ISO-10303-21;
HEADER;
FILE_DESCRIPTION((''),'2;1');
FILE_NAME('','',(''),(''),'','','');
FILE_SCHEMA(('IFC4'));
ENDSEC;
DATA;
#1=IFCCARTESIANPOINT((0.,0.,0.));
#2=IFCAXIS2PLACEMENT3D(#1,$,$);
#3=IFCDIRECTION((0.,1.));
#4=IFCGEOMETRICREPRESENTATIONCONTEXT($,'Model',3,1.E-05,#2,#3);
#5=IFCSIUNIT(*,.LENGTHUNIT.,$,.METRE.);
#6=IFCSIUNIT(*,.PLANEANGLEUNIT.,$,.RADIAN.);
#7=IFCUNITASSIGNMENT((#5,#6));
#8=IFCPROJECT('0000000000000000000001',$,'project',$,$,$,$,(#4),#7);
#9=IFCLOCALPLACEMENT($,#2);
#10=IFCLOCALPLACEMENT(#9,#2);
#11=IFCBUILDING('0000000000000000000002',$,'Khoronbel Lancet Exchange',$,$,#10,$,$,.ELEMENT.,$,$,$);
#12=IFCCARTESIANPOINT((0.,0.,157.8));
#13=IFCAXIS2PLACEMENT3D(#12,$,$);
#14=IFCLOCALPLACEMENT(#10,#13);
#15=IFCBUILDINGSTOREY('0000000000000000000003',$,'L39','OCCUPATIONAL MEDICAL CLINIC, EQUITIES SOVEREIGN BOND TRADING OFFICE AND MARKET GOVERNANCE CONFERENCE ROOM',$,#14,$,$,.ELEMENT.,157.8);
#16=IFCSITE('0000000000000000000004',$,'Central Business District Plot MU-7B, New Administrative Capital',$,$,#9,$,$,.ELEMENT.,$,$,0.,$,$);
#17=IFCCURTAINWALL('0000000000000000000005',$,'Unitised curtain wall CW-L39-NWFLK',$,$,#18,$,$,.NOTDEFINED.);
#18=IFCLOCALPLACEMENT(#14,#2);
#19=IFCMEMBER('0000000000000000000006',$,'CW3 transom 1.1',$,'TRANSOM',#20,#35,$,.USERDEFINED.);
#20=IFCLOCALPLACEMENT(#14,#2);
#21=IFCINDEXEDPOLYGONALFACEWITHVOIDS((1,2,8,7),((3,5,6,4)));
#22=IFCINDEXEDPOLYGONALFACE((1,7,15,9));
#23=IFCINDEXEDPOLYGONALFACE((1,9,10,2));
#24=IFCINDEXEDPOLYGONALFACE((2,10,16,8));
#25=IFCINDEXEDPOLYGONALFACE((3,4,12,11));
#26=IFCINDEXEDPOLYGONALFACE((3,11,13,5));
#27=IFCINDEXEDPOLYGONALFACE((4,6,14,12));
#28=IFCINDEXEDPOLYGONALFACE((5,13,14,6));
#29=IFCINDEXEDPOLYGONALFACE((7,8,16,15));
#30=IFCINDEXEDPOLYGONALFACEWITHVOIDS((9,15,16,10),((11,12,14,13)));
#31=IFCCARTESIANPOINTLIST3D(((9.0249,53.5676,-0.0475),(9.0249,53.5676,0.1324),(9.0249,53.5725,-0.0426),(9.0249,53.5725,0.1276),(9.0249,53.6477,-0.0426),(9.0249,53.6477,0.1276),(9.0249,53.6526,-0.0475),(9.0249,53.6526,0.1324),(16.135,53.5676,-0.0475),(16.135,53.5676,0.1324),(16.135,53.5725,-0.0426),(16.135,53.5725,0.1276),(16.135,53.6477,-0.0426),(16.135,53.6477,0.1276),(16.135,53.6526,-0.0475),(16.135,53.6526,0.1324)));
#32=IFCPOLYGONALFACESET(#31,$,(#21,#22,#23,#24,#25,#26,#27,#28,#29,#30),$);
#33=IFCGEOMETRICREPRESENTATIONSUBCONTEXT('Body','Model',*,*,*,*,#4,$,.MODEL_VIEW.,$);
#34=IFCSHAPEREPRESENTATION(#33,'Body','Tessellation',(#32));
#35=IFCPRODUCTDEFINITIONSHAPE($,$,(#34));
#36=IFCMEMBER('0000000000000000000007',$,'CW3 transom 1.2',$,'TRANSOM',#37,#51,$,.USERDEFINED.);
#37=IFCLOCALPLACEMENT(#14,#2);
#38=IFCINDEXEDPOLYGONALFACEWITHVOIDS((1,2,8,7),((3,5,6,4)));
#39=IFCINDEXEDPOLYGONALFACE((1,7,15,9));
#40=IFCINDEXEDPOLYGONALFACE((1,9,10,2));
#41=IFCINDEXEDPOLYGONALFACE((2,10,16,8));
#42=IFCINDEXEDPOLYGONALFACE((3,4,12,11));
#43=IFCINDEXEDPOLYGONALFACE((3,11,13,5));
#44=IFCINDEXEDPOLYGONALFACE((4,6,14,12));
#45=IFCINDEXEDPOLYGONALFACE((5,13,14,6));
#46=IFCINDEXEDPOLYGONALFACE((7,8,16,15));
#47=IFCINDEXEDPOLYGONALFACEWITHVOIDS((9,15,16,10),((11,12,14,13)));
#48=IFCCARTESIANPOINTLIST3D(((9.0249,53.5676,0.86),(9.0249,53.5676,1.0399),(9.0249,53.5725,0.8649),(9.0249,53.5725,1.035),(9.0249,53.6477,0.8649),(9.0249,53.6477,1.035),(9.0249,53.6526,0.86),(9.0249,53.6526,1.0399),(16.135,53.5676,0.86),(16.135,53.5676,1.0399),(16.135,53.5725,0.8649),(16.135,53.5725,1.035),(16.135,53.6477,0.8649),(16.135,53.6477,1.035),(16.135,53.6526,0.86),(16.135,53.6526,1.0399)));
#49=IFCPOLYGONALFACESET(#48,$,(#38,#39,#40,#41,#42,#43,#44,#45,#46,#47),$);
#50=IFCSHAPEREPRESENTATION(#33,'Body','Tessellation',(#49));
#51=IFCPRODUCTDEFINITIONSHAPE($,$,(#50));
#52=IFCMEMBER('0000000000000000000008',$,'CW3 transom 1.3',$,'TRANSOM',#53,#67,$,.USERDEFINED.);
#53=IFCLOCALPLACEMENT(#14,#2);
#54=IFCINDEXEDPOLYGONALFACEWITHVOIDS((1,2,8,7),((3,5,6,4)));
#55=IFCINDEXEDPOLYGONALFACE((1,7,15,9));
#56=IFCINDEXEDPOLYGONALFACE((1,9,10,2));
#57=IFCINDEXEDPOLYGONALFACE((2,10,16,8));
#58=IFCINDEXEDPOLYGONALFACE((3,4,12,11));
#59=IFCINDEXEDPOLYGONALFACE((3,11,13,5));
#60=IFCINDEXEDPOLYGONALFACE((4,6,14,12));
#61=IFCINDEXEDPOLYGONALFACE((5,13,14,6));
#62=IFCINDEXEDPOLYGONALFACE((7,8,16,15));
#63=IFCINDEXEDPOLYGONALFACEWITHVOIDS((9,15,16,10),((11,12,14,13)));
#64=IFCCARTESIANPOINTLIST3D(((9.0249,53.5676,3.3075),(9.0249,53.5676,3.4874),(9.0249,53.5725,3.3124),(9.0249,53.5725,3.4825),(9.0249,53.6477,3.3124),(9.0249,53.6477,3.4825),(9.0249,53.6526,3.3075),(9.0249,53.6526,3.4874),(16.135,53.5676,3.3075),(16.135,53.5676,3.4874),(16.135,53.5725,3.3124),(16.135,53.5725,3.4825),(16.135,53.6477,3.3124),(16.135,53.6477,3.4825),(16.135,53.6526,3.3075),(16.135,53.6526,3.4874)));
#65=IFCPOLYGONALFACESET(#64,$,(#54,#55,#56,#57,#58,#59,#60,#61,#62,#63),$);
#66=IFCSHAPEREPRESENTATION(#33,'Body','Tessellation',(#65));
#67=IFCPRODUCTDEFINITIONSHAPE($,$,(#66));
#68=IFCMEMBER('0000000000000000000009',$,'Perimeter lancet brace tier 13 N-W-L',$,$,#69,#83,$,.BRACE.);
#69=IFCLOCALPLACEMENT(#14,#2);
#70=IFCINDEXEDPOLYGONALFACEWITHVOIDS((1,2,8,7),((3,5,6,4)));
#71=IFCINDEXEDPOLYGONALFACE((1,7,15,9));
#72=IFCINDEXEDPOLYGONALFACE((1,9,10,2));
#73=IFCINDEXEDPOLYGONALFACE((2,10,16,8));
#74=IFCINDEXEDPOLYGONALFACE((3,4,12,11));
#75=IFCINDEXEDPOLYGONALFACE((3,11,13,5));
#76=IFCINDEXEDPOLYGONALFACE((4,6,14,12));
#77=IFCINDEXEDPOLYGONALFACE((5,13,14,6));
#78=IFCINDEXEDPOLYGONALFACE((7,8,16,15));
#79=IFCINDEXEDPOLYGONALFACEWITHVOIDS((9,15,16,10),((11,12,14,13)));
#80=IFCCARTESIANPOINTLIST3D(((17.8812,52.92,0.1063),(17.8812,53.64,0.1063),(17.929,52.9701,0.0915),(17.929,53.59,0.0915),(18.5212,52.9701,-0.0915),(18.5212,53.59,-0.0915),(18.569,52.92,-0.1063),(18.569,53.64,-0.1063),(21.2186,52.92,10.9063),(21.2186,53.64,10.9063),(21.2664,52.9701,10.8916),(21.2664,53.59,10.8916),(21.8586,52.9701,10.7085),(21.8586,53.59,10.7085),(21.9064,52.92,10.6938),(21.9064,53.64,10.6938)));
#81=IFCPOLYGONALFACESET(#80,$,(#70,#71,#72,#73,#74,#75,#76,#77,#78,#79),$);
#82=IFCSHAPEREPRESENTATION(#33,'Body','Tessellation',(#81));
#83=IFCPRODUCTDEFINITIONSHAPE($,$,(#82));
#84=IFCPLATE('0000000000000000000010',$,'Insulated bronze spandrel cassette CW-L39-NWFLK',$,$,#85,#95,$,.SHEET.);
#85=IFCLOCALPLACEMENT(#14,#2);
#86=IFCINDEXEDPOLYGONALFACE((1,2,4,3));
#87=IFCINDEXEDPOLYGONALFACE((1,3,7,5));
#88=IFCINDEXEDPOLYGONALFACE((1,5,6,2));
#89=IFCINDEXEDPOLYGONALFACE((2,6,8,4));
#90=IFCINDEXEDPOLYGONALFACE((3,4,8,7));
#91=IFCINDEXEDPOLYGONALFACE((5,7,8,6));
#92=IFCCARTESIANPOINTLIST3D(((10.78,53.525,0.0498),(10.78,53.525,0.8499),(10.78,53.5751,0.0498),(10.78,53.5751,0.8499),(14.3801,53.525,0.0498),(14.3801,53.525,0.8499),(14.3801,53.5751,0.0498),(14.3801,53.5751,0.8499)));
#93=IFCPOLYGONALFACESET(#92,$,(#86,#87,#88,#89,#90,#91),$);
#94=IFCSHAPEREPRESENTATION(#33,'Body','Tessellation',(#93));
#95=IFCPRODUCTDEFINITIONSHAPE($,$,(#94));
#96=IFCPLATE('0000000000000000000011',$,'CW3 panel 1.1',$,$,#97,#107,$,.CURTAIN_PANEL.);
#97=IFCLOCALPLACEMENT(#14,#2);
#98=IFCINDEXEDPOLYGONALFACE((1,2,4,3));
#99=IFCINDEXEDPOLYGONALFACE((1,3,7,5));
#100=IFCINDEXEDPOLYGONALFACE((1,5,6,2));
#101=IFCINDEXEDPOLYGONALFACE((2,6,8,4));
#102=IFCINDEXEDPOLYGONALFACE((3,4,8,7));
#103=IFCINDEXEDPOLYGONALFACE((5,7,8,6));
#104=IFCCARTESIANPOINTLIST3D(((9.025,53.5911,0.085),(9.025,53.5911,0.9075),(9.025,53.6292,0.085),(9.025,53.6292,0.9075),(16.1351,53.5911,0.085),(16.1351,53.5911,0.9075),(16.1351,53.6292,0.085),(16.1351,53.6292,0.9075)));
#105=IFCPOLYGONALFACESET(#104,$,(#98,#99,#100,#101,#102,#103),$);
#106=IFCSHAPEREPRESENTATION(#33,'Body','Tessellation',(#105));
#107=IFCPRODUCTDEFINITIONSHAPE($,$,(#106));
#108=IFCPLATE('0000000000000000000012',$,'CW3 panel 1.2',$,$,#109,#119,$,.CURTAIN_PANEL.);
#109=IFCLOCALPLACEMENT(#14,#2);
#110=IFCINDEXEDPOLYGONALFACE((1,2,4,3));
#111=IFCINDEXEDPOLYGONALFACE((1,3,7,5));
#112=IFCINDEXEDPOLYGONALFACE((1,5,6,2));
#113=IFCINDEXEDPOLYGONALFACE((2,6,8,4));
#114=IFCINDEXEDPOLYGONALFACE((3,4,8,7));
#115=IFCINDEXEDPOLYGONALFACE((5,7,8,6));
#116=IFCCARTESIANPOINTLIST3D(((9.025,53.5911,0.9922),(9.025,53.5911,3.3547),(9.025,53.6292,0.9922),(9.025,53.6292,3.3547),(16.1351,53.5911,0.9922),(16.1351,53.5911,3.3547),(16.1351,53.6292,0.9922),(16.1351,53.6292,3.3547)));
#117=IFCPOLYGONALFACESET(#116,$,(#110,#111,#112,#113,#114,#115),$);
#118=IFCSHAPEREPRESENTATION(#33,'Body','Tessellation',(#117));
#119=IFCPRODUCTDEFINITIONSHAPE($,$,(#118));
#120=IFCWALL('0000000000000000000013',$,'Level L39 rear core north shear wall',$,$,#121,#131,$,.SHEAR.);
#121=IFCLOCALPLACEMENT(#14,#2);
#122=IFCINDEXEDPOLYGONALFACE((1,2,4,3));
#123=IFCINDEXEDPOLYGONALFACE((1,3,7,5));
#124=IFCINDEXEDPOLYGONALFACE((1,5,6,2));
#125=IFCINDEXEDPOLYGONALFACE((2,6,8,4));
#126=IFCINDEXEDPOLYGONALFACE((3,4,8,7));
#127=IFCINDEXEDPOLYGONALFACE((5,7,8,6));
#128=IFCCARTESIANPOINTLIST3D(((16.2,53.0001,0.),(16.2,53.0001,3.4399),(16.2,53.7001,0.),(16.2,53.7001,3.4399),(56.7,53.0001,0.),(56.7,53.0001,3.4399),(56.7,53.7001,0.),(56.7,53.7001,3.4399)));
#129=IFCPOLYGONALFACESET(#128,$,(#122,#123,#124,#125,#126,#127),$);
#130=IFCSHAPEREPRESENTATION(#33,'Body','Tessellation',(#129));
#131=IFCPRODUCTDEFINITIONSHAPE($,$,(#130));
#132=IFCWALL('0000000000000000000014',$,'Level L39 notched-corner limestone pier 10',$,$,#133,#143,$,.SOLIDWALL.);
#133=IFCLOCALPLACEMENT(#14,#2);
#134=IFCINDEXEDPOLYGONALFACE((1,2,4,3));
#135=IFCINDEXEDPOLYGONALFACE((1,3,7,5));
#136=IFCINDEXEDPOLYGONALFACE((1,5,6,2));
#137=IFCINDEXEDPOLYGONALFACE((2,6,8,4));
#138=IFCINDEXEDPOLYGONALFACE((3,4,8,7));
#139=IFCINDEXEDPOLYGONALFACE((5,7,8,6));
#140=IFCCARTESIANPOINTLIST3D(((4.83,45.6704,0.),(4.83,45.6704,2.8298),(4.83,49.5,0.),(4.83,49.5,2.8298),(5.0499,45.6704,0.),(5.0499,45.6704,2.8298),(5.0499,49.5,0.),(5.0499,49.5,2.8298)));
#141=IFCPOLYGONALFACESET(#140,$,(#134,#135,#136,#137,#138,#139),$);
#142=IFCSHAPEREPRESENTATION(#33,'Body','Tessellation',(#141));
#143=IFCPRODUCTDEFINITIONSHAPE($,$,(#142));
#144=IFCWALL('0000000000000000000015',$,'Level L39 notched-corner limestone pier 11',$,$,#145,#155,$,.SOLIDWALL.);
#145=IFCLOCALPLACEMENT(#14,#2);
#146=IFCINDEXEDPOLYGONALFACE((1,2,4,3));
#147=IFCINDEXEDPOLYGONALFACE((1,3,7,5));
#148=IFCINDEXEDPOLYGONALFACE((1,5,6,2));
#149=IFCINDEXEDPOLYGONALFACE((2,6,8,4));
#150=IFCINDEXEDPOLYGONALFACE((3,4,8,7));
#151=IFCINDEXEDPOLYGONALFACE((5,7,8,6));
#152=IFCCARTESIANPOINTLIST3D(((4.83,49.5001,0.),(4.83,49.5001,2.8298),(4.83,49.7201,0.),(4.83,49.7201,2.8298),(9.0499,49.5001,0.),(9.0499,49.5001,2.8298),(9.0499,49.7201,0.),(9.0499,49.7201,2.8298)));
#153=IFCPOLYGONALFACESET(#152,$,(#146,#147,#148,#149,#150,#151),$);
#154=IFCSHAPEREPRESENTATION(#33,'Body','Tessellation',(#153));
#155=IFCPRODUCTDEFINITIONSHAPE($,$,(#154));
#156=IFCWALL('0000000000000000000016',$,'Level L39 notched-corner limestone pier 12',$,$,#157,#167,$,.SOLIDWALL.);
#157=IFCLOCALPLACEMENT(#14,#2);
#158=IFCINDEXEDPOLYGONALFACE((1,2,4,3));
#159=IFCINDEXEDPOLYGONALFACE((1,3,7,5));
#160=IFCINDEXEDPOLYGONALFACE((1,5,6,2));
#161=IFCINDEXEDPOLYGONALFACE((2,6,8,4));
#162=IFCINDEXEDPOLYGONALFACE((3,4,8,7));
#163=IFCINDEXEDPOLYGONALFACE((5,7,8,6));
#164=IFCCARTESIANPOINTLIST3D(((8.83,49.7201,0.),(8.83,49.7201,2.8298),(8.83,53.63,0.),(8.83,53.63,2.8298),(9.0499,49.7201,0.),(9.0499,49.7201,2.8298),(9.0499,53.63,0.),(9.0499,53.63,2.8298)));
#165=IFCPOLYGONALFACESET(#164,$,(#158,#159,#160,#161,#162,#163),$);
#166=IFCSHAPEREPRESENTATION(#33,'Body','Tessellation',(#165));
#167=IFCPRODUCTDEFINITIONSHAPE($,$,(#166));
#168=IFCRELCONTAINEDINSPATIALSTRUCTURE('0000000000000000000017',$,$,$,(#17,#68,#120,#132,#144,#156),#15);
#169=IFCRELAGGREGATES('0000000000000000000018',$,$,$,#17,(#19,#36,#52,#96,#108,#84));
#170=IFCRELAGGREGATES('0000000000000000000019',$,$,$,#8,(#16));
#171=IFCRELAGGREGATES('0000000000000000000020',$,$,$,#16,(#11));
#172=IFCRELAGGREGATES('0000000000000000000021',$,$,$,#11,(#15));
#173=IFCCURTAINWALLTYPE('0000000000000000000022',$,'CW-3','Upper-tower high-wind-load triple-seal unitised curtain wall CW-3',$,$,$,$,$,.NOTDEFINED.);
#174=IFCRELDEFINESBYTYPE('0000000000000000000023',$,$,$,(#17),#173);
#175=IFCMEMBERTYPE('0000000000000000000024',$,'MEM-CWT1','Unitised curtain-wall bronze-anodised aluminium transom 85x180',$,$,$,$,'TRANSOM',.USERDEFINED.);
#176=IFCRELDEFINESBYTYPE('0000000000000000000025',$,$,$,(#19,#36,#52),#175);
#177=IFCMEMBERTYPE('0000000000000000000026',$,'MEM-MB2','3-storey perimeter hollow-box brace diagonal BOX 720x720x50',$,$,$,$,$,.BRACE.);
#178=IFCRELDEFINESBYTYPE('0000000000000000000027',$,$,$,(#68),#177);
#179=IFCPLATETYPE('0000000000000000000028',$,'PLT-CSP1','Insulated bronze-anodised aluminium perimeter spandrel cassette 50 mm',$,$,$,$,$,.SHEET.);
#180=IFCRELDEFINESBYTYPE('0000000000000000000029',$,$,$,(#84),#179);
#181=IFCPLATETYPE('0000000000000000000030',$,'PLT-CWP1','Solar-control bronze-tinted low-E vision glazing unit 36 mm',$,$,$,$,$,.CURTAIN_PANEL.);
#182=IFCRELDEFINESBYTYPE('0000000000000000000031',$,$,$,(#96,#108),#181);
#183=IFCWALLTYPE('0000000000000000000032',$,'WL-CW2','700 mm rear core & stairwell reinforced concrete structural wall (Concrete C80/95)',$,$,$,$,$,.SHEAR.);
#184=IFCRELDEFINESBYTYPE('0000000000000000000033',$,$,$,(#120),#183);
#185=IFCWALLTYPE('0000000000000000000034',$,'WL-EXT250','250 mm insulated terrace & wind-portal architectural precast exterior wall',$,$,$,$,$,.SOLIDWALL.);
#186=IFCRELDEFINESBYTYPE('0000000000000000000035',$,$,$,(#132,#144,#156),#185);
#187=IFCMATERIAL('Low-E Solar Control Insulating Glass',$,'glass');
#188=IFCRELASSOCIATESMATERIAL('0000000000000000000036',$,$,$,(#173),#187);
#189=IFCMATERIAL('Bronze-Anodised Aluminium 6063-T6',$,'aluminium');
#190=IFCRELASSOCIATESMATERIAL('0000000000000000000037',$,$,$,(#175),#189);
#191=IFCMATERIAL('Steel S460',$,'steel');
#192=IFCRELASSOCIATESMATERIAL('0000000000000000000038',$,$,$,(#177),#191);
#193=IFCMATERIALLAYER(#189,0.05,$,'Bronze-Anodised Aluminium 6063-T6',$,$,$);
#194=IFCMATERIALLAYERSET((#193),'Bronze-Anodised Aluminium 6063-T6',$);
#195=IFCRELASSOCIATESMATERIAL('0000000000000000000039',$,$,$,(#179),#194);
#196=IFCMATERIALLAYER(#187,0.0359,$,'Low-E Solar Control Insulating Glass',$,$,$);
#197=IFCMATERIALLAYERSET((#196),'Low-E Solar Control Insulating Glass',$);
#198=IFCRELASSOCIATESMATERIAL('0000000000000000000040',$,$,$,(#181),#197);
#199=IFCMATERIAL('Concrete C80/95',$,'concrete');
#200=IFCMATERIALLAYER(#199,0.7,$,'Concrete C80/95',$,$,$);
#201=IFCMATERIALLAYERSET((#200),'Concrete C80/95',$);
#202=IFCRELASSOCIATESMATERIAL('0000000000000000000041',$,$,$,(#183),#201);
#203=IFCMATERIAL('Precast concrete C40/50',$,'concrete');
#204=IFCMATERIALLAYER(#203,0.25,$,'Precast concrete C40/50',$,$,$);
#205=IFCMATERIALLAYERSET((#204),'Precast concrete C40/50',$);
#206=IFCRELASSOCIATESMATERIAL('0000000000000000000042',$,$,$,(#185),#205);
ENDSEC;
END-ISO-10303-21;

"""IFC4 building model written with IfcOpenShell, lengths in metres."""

from ifc_helpers import new_model, si_unit, direction, frame, frame_2d, origin, origin_2d, place, context, subcontext, project, spatial, rectangle, hollow_rectangle, extrude, material, layer, layer_set, material_profile, profile_set, type_object, element, aggregate, save


model = new_model("IFC4")

# Units and contexts
model_context = context("Model", 3, precision=1e-05, world=origin(), true_north=direction((0.0, 1.0)))
body_context = subcontext(model_context, "Body", "Model", "MODEL_VIEW")
ifc_project = project(units=[si_unit("LENGTHUNIT", "METRE"), si_unit("PLANEANGLEUNIT", "RADIAN")], contexts=[model_context])

# Site, building, storey
site_placement = place(None, origin())
site = spatial("IfcSite", under=ifc_project, at=site_placement, Name="Central Business District Plot MU-7B, New Administrative Capital", CompositionType="ELEMENT", RefElevation=0.0)
building_placement = place(site_placement, origin())
building = spatial("IfcBuilding", under=site, at=building_placement, Name="Khoronbel Lancet Exchange", CompositionType="ELEMENT")
storey_placement = place(building_placement, frame((0.0, 0.0, 157.8)))
storey = spatial("IfcBuildingStorey", under=building, at=storey_placement, Name="L39", Description="OCCUPATIONAL MEDICAL CLINIC, EQUITIES SOVEREIGN BOND TRADING OFFICE AND MARKET GOVERNANCE CONFERENCE ROOM", CompositionType="ELEMENT", Elevation=157.8)

# Shared definitions
ifc_material_1 = material(Name="Steel S460", Category="steel")

# Curtain wall
ifc_material_2 = material(Name="Low-E Solar Control Insulating Glass", Category="glass")
curtain_wall_type_1 = type_object("IfcCurtainWallType", Name="CW-3", Description="Upper-tower high-wind-load triple-seal unitised curtain wall CW-3", PredefinedType="NOTDEFINED", material=ifc_material_2)
curtain_wall_1_placement = place(storey_placement, origin())
curtain_wall_1 = element("IfcCurtainWall", 1, at=curtain_wall_1_placement, inside=storey, type_object=curtain_wall_type_1, Name="Unitised curtain wall CW-L39-NWFLK", PredefinedType="NOTDEFINED")
ifc_material_3 = material(Name="Bronze-Anodised Aluminium 6063-T6", Category="aluminium")

# Members
ifc_material_profile_1 = material_profile(ifc_material_3, hollow_rectangle(XDim=0.085, YDim=0.1799, WallThickness=0.0049, at=origin_2d()), Name="ALU TRANSOM 85x180")
ifc_profile_set_1 = profile_set([ifc_material_profile_1], Name="Bronze-Anodised Aluminium 6063-T6")
member_type_1 = type_object("IfcMemberType", Name="MEM-CWT1", Description="Unitised curtain-wall bronze-anodised aluminium transom 85x180", ElementType="TRANSOM", PredefinedType="USERDEFINED", material=ifc_profile_set_1)
member_1_placement = place(storey_placement, frame((16.135, 53.6101, 0.0425), z_axis=(-1.0, 0.0, 0.0), x_axis=(0.0, -1.0, 0.0)))
member_1 = element("IfcMember", 2, at=member_1_placement, type_object=member_type_1, Name="CW3 transom 1.1", ObjectType="TRANSOM", PredefinedType="USERDEFINED", context=body_context, shape_type="SweptSolid", body=[
    extrude(hollow_rectangle(XDim=0.085, YDim=0.1799, WallThickness=0.0049, at=origin_2d()), origin(), (0.0, 0.0, 1.0), 7.1101),
])
member_2_placement = place(storey_placement, frame((16.135, 53.6101, 0.95), z_axis=(-1.0, 0.0, 0.0), x_axis=(0.0, -1.0, 0.0)))
member_2 = element("IfcMember", 3, at=member_2_placement, type_object=member_type_1, Name="CW3 transom 1.2", ObjectType="TRANSOM", PredefinedType="USERDEFINED", context=body_context, shape_type="SweptSolid", body=[
    extrude(hollow_rectangle(XDim=0.085, YDim=0.1799, WallThickness=0.0049, at=origin_2d()), origin(), (0.0, 0.0, 1.0), 7.1101),
])
member_3_placement = place(storey_placement, frame((16.135, 53.6101, 3.3975), z_axis=(-1.0, 0.0, 0.0), x_axis=(0.0, -1.0, 0.0)))
member_3 = element("IfcMember", 4, at=member_3_placement, type_object=member_type_1, Name="CW3 transom 1.3", ObjectType="TRANSOM", PredefinedType="USERDEFINED", context=body_context, shape_type="SweptSolid", body=[
    extrude(hollow_rectangle(XDim=0.085, YDim=0.1799, WallThickness=0.0049, at=origin_2d()), origin(), (0.0, 0.0, 1.0), 7.1101),
])
ifc_material_profile_2 = material_profile(ifc_material_1, hollow_rectangle(XDim=0.72, YDim=0.72, WallThickness=0.05, at=origin_2d()), Name="BOX 720x720x50")
ifc_profile_set_2 = profile_set([ifc_material_profile_2], Name="Steel S460")
member_type_2 = type_object("IfcMemberType", Name="MEM-MB2", Description="3-storey perimeter hollow-box brace diagonal BOX 720x720x50", PredefinedType="BRACE", material=ifc_profile_set_2)
member_4_placement = place(storey_placement, frame((18.2251, 53.28, 0.0), z_axis=(0.295242, 0.0, 0.955422), x_axis=(0.0, 1.0, 0.0)))
element("IfcMember", 5, at=member_4_placement, inside=storey, type_object=member_type_2, Name="Perimeter lancet brace tier 13 N-W-L", PredefinedType="BRACE", context=body_context, shape_type="SweptSolid", body=[
    extrude(hollow_rectangle(XDim=0.72, YDim=0.72, WallThickness=0.05, at=origin_2d()), origin(), (0.0, 0.0, 1.0), 11.304),
])

# Plates
ifc_layer_1 = layer(ifc_material_3, 0.05, Name="Bronze-Anodised Aluminium 6063-T6")
ifc_layer_set_1 = layer_set([ifc_layer_1], Name="Bronze-Anodised Aluminium 6063-T6")
plate_type_1 = type_object("IfcPlateType", Name="PLT-CSP1", Description="Insulated bronze-anodised aluminium perimeter spandrel cassette 50 mm", PredefinedType="SHEET", material=ifc_layer_set_1)
plate_1_placement = place(storey_placement, frame((12.5801, 53.55, 0.0498), z_axis=(0.0, 0.0, 1.0), x_axis=(-1.0, 0.0, 0.0)))
plate_1 = element("IfcPlate", 6, at=plate_1_placement, type_object=plate_type_1, Name="Insulated bronze spandrel cassette CW-L39-NWFLK", PredefinedType="SHEET", context=body_context, shape_type="SweptSolid", body=[
    extrude(rectangle(XDim=3.6001, YDim=0.05, at=origin_2d()), origin(), (0.0, 0.0, 1.0), 0.8),
])
ifc_layer_2 = layer(ifc_material_2, 0.0359, Name="Low-E Solar Control Insulating Glass")
ifc_layer_set_2 = layer_set([ifc_layer_2], Name="Low-E Solar Control Insulating Glass")
plate_type_2 = type_object("IfcPlateType", Name="PLT-CWP1", Description="Solar-control bronze-tinted low-E vision glazing unit 36 mm", PredefinedType="CURTAIN_PANEL", material=ifc_layer_set_2)
plate_2_placement = place(storey_placement, frame((12.5801, 53.6101, 0.085), z_axis=(0.0, 0.0, 1.0), x_axis=(-1.0, 0.0, 0.0)))
plate_2 = element("IfcPlate", 7, at=plate_2_placement, type_object=plate_type_2, Name="CW3 panel 1.1", PredefinedType="CURTAIN_PANEL", context=body_context, shape_type="SweptSolid", body=[
    extrude(rectangle(XDim=7.1101, YDim=0.0381, at=origin_2d()), origin(), (0.0, 0.0, 1.0), 0.8225),
])
plate_3_placement = place(storey_placement, frame((12.5801, 53.6101, 0.9922), z_axis=(0.0, 0.0, 1.0), x_axis=(-1.0, 0.0, 0.0)))
plate_3 = element("IfcPlate", 8, at=plate_3_placement, type_object=plate_type_2, Name="CW3 panel 1.2", PredefinedType="CURTAIN_PANEL", context=body_context, shape_type="SweptSolid", body=[
    extrude(rectangle(XDim=7.1101, YDim=0.0381, at=origin_2d()), origin(), (0.0, 0.0, 1.0), 2.3625),
])
aggregate(curtain_wall_1, [member_1, member_2, member_3, plate_2, plate_3, plate_1])

# Walls
ifc_material_4 = material(Name="Concrete C80/95", Category="concrete")
ifc_layer_3 = layer(ifc_material_4, 0.7, Name="Concrete C80/95")
ifc_layer_set_3 = layer_set([ifc_layer_3], Name="Concrete C80/95")
wall_type_1 = type_object("IfcWallType", Name="WL-CW2", Description="700 mm rear core & stairwell reinforced concrete structural wall (Concrete C80/95)", PredefinedType="SHEAR", material=ifc_layer_set_3)
wall_1_placement = place(storey_placement, frame((16.2, 53.3501, 0.0), z_axis=(0.0, 0.0, 1.0), x_axis=(1.0, 0.0, 0.0)))
element("IfcWall", 9, at=wall_1_placement, inside=storey, type_object=wall_type_1, Name="Level L39 rear core north shear wall", PredefinedType="SHEAR", context=body_context, shape_type="SweptSolid", body=[
    extrude(rectangle(XDim=40.5, YDim=0.7, at=frame_2d((20.25, 0.0))), origin(), (0.0, 0.0, 1.0), 3.4399),
])
ifc_material_5 = material(Name="Precast concrete C40/50", Category="concrete")
ifc_layer_4 = layer(ifc_material_5, 0.25, Name="Precast concrete C40/50")
ifc_layer_set_4 = layer_set([ifc_layer_4], Name="Precast concrete C40/50")
wall_type_2 = type_object("IfcWallType", Name="WL-EXT250", Description="250 mm insulated terrace & wind-portal architectural precast exterior wall", PredefinedType="SOLIDWALL", material=ifc_layer_set_4)
wall_2_placement = place(storey_placement, frame((4.9399, 45.6704, 0.0), z_axis=(0.0, 0.0, 1.0), x_axis=(0.0, 1.0, 0.0)))
element("IfcWall", 10, at=wall_2_placement, inside=storey, type_object=wall_type_2, Name="Level L39 notched-corner limestone pier 10", PredefinedType="SOLIDWALL", context=body_context, shape_type="SweptSolid", body=[
    extrude(rectangle(XDim=3.8296, YDim=0.22, at=frame_2d((1.9148, 0.0))), origin(), (0.0, 0.0, 1.0), 2.8298),
])
wall_3_placement = place(storey_placement, frame((4.8301, 49.6101, 0.0), z_axis=(0.0, 0.0, 1.0), x_axis=(1.0, 0.0, 0.0)))
element("IfcWall", 11, at=wall_3_placement, inside=storey, type_object=wall_type_2, Name="Level L39 notched-corner limestone pier 11", PredefinedType="SOLIDWALL", context=body_context, shape_type="SweptSolid", body=[
    extrude(rectangle(XDim=4.22, YDim=0.22, at=frame_2d((2.1099, 0.0))), origin(), (0.0, 0.0, 1.0), 2.8298),
])
wall_4_placement = place(storey_placement, frame((8.9399, 49.72, 0.0), z_axis=(0.0, 0.0, 1.0), x_axis=(0.0, 1.0, 0.0)))
element("IfcWall", 12, at=wall_4_placement, inside=storey, type_object=wall_type_2, Name="Level L39 notched-corner limestone pier 12", PredefinedType="SOLIDWALL", context=body_context, shape_type="SweptSolid", body=[
    extrude(rectangle(XDim=3.9099, YDim=0.22, at=frame_2d((1.9551, 0.0))), origin(), (0.0, 0.0, 1.0), 2.8298),
])

save(model, "model.ifc")
